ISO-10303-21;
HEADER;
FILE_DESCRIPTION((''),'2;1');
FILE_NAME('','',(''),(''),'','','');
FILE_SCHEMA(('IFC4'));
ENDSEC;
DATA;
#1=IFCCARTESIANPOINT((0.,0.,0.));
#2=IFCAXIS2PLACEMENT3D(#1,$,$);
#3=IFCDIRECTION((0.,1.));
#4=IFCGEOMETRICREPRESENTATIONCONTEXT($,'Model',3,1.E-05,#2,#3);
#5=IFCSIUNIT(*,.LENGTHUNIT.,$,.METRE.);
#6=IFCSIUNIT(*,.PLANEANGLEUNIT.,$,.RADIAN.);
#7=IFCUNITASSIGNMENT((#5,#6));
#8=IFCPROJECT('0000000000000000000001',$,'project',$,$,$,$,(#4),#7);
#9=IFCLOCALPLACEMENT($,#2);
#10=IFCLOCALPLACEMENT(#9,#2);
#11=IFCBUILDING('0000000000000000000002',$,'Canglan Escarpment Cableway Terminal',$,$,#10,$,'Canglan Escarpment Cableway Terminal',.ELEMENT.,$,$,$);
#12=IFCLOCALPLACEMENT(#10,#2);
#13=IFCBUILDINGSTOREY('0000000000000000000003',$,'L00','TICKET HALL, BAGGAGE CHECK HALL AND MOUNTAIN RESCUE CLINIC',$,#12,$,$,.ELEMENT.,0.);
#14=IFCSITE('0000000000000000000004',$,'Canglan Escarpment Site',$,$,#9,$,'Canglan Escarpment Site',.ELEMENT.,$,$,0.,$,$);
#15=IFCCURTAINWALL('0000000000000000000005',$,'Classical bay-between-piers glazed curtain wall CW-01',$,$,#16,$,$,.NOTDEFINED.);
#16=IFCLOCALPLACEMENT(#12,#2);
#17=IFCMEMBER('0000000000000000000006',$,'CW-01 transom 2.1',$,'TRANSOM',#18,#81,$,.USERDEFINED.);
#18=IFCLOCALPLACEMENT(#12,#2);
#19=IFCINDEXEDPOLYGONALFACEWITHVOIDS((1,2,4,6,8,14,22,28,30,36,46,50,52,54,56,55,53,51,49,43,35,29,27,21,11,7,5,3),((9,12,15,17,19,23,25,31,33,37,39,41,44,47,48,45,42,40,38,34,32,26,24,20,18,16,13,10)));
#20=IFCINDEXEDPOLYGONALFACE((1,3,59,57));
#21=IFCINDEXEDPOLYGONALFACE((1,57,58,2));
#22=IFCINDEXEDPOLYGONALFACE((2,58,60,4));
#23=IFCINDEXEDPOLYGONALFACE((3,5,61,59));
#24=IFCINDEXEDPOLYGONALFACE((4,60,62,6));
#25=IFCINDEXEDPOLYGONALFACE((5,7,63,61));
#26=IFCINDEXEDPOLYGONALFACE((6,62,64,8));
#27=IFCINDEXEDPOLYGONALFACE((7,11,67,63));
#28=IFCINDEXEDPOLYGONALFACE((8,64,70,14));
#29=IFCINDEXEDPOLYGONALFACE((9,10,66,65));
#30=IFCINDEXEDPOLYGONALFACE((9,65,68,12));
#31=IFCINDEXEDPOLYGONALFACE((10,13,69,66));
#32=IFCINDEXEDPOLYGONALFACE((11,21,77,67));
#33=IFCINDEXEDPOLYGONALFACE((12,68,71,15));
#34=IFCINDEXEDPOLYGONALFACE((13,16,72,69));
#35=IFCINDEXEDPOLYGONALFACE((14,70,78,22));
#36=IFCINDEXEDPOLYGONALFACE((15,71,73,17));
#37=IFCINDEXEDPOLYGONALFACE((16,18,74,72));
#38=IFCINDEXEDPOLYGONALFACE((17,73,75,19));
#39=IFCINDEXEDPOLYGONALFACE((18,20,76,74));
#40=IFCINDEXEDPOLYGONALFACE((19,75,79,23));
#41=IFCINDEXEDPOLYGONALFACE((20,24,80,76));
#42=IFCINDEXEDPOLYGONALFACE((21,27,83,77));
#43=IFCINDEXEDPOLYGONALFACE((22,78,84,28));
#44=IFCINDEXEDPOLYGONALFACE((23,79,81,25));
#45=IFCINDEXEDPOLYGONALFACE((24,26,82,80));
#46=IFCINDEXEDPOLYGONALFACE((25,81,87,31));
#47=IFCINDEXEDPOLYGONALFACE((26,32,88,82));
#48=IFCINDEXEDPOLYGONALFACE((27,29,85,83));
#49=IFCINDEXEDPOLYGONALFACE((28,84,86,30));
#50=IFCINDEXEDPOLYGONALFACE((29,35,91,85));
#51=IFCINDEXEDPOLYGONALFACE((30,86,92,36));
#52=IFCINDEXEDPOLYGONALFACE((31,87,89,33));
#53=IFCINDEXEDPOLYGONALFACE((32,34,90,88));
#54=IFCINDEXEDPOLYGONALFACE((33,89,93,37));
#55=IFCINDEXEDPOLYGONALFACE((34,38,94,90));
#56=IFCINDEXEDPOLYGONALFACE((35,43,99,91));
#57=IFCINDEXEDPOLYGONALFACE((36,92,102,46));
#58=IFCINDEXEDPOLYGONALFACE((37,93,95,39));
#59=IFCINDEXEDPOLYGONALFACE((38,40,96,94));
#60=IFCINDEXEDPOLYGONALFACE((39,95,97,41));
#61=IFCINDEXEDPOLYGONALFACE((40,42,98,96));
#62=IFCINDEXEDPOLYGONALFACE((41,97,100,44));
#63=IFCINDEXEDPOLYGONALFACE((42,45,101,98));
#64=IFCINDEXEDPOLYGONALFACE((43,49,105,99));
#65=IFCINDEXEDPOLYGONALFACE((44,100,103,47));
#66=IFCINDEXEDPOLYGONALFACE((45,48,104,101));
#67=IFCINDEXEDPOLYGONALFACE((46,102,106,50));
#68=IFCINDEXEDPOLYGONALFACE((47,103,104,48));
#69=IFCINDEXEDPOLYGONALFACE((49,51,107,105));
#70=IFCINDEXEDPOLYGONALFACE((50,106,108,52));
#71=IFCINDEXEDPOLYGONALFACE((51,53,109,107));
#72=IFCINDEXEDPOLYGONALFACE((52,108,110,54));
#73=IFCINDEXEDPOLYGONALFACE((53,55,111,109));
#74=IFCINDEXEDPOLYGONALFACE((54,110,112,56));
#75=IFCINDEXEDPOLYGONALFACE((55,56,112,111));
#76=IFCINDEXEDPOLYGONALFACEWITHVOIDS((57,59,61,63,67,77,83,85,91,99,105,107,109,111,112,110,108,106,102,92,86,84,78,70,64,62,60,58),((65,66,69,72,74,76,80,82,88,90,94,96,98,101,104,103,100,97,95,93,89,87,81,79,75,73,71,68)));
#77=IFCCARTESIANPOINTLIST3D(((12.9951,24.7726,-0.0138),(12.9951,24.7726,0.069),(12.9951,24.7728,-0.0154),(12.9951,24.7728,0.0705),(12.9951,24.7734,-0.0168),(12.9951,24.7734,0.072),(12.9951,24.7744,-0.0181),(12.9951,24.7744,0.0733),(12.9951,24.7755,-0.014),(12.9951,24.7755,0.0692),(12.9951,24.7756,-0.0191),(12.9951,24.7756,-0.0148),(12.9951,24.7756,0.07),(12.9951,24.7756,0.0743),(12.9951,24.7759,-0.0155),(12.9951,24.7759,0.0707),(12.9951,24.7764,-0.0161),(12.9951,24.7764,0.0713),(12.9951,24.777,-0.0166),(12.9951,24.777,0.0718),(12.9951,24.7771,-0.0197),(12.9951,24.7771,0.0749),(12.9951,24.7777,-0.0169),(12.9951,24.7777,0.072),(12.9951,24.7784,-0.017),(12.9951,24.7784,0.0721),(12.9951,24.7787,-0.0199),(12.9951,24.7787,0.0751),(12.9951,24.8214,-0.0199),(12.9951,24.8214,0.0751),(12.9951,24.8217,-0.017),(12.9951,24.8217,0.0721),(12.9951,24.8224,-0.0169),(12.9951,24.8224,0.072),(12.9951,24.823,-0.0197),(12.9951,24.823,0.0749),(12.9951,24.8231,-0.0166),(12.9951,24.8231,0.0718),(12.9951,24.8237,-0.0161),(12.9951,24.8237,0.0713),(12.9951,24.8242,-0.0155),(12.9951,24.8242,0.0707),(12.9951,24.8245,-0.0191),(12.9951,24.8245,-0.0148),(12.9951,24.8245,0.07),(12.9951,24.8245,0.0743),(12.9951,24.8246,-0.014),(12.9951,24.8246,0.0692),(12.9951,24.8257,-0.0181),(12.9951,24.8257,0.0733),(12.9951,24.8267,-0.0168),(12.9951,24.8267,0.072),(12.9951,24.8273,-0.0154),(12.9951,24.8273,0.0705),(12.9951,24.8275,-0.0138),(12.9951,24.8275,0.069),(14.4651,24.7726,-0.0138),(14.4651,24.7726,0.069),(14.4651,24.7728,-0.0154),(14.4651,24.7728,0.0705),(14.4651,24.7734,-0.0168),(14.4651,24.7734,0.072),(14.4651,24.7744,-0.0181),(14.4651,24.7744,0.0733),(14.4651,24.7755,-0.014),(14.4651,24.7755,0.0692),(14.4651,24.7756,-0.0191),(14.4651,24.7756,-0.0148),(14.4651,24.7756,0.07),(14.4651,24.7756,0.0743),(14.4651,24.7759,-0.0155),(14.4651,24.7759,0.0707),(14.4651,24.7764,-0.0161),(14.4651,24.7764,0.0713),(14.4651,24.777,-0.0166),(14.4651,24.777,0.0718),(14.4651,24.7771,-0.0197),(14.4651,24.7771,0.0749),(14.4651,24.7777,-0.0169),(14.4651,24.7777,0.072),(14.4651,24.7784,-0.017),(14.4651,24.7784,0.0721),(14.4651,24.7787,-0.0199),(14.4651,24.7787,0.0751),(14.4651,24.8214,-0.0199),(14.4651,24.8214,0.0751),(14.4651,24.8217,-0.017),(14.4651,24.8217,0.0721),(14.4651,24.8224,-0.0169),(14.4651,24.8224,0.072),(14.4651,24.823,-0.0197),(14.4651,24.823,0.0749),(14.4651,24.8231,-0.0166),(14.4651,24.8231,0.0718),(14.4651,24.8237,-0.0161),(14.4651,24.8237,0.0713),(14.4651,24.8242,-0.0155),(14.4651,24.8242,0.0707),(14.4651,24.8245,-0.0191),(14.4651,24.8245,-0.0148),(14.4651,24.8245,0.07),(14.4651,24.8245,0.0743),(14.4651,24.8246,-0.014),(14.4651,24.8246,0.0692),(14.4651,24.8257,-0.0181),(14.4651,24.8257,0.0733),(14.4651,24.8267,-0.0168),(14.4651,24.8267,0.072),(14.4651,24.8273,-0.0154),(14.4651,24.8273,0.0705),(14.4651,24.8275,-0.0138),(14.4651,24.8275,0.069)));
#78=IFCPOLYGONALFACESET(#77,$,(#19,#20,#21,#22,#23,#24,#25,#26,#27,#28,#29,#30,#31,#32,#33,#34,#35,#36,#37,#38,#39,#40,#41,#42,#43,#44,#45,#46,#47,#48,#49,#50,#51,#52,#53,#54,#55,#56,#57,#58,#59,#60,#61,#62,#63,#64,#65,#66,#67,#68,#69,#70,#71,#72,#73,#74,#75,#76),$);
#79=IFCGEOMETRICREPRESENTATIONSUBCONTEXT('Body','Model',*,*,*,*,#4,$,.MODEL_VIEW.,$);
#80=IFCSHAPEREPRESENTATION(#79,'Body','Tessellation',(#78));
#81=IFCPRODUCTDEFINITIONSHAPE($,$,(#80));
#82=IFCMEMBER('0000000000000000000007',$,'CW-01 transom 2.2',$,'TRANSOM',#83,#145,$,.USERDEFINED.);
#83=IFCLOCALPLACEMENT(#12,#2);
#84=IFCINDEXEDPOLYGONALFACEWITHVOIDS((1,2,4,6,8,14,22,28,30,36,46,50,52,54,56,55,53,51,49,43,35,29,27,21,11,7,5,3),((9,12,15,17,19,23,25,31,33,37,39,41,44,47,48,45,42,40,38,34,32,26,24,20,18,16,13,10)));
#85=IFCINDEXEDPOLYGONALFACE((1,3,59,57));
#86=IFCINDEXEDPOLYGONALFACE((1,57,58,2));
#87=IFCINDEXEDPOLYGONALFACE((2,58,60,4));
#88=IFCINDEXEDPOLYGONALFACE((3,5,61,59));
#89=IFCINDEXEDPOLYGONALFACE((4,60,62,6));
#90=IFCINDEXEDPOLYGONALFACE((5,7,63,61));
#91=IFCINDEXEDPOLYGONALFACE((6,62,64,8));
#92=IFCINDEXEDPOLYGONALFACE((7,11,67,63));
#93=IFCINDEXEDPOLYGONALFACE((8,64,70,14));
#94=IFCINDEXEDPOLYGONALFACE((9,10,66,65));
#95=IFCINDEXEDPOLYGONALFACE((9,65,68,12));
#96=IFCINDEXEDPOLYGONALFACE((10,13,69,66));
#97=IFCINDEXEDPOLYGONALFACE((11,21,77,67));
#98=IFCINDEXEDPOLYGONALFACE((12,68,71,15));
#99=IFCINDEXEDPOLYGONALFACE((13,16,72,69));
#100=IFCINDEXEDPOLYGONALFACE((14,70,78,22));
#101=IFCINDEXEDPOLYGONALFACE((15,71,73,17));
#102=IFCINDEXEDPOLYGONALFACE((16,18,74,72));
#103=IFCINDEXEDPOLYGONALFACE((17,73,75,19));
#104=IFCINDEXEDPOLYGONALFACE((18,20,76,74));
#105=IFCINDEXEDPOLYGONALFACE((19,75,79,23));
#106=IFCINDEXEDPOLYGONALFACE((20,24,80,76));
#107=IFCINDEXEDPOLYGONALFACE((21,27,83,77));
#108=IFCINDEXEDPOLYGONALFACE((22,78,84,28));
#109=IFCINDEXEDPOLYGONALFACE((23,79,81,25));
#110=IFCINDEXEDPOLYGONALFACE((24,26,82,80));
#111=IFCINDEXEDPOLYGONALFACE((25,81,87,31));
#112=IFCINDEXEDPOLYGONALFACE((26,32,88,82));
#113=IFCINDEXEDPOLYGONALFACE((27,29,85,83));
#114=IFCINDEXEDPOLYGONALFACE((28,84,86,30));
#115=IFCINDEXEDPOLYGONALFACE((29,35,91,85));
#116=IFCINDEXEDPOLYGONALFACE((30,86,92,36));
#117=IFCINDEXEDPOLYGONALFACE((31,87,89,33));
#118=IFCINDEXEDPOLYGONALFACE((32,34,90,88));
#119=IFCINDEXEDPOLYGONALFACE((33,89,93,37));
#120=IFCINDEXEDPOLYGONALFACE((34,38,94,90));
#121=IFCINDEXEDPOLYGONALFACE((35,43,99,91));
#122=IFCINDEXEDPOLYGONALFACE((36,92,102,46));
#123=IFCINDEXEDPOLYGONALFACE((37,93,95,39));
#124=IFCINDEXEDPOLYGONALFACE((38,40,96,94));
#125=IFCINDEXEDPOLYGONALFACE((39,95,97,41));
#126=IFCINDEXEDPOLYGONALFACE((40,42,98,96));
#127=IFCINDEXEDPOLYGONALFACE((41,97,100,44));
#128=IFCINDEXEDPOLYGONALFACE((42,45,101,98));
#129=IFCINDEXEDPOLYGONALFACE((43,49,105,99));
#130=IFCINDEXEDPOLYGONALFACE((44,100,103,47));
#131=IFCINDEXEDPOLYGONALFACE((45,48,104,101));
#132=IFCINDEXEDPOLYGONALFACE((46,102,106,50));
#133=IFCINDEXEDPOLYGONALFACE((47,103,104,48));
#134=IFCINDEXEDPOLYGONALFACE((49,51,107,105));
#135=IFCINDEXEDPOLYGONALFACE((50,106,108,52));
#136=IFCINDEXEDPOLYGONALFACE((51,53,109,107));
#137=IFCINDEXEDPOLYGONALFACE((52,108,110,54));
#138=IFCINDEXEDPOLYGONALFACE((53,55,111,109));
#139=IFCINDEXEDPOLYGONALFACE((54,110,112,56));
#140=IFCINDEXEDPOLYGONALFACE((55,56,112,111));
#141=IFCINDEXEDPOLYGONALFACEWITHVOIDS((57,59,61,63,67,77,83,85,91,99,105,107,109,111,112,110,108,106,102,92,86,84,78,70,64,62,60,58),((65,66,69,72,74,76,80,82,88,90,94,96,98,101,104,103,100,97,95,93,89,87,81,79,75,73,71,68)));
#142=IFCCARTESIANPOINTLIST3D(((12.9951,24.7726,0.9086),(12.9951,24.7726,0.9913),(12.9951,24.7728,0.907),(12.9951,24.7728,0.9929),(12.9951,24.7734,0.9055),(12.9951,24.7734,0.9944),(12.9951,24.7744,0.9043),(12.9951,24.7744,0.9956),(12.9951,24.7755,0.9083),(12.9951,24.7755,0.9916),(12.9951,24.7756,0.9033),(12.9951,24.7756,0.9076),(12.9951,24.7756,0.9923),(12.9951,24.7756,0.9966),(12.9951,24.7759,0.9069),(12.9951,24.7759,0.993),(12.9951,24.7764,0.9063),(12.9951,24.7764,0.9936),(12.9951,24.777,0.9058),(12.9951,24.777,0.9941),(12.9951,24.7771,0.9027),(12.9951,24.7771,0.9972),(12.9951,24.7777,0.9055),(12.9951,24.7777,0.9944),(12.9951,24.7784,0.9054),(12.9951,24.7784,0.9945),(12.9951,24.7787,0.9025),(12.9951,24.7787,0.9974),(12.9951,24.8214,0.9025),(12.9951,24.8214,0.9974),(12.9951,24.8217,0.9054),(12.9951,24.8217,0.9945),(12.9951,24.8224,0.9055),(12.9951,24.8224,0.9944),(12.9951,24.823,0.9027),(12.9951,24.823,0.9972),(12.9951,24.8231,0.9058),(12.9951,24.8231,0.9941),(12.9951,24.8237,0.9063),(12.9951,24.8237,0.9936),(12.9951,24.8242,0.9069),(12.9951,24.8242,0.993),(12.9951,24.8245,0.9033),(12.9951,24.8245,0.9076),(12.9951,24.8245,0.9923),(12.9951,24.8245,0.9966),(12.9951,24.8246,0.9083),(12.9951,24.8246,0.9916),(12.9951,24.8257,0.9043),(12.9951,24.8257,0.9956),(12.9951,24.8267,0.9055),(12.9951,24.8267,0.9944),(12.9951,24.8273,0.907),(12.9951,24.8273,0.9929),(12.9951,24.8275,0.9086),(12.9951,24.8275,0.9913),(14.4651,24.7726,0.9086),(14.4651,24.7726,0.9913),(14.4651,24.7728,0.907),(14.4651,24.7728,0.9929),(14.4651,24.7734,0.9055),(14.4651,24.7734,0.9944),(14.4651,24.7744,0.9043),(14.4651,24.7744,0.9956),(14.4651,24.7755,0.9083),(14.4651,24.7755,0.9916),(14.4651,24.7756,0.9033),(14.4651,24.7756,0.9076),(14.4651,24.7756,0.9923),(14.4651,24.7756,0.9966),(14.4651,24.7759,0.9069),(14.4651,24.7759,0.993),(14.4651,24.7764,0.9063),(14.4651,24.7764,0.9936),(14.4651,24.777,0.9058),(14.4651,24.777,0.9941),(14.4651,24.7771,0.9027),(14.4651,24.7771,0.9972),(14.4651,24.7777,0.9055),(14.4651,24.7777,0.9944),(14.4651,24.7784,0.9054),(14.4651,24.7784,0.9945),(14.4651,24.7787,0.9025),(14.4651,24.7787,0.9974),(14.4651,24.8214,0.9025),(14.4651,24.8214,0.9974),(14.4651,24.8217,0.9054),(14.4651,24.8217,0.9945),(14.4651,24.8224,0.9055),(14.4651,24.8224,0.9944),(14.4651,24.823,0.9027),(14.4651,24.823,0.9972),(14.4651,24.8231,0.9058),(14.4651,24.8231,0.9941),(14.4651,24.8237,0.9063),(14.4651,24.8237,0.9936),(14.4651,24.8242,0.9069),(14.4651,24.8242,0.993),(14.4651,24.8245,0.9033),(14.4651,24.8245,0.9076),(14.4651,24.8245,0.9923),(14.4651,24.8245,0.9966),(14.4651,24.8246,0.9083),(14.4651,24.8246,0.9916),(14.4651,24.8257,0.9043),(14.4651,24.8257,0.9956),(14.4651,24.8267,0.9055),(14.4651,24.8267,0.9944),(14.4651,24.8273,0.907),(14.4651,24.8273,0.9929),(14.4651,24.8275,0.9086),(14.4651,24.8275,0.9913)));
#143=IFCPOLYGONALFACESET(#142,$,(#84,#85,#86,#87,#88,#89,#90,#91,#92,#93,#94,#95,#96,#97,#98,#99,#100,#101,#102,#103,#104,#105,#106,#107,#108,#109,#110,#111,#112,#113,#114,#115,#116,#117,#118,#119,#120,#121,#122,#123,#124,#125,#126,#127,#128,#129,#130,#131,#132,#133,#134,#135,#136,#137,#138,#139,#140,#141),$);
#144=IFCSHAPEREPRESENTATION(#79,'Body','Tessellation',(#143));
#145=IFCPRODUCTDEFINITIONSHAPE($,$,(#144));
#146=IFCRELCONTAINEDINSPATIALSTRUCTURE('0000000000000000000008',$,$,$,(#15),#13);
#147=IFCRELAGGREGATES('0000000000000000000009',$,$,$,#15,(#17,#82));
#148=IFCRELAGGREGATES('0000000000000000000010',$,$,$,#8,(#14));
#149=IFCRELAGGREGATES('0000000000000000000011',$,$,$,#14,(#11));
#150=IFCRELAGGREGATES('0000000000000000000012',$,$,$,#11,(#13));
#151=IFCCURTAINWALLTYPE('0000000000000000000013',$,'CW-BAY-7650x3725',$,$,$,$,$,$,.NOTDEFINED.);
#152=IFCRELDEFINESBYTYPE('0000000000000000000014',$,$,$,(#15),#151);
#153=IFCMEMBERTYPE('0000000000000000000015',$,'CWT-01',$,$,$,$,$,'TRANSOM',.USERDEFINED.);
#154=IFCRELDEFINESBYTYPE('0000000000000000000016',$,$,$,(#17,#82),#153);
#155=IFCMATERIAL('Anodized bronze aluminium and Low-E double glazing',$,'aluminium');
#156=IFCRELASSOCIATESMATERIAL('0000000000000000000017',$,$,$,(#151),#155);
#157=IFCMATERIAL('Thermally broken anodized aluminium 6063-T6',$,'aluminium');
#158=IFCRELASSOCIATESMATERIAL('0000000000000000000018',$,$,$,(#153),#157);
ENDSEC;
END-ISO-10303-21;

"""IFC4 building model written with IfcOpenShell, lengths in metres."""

from ifc_helpers import new_model, si_unit, direction, frame, origin, origin_2d, place, context, subcontext, project, spatial, hollow_rectangle, extrude, material, material_profile, profile_set, type_object, element, aggregate, save


model = new_model("IFC4")

# Units and contexts
model_context = context("Model", 3, precision=1e-05, world=origin(), true_north=direction((0.0, 1.0)))
body_context = subcontext(model_context, "Body", "Model", "MODEL_VIEW")
ifc_project = project(units=[si_unit("LENGTHUNIT", "METRE"), si_unit("PLANEANGLEUNIT", "RADIAN")], contexts=[model_context])

# Site, building, storey
site_placement = place(None, origin())
site = spatial("IfcSite", under=ifc_project, at=site_placement, Name="Canglan Escarpment Site", LongName="Canglan Escarpment Site", CompositionType="ELEMENT", RefElevation=0.0)
building_placement = place(site_placement, origin())
building = spatial("IfcBuilding", under=site, at=building_placement, Name="Canglan Escarpment Cableway Terminal", LongName="Canglan Escarpment Cableway Terminal", CompositionType="ELEMENT")
storey_placement = place(building_placement, origin())
storey = spatial("IfcBuildingStorey", under=building, at=storey_placement, Name="L00", Description="TICKET HALL, BAGGAGE CHECK HALL AND MOUNTAIN RESCUE CLINIC", CompositionType="ELEMENT", Elevation=0.0)

# Curtain wall, members
ifc_material_1 = material(Name="Anodized bronze aluminium and Low-E double glazing", Category="aluminium")
curtain_wall_type = type_object("IfcCurtainWallType", Name="CW-BAY-7650x3725", PredefinedType="NOTDEFINED", material=ifc_material_1)
curtain_wall_placement = place(storey_placement, origin())
curtain_wall = element("IfcCurtainWall", 1, at=curtain_wall_placement, inside=storey, type_object=curtain_wall_type, Name="Classical bay-between-piers glazed curtain wall CW-01", PredefinedType="NOTDEFINED")
ifc_material_2 = material(Name="Thermally broken anodized aluminium 6063-T6", Category="aluminium")
ifc_material_profile_1 = material_profile(ifc_material_2, hollow_rectangle(XDim=0.0549, YDim=0.095, WallThickness=0.0029, InnerFilletRadius=0.0029, OuterFilletRadius=0.0061, at=origin_2d()), Name="ALU-TRAN 55x95x3")
ifc_profile_set_1 = profile_set([ifc_material_profile_1], Name="Thermally broken anodized aluminium 6063-T6")
member_type_1 = type_object("IfcMemberType", Name="CWT-01", ElementType="TRANSOM", PredefinedType="USERDEFINED", material=ifc_profile_set_1)
member_1_placement = place(storey_placement, frame((14.4651, 24.8, 0.0276), z_axis=(-1.0, 0.0, 0.0), x_axis=(0.0, -1.0, 0.0)))
member_1 = element("IfcMember", 2, at=member_1_placement, type_object=member_type_1, Name="CW-01 transom 2.1", ObjectType="TRANSOM", PredefinedType="USERDEFINED", context=body_context, shape_type="SweptSolid", body=[
    extrude(hollow_rectangle(XDim=0.0549, YDim=0.095, WallThickness=0.0029, InnerFilletRadius=0.0029, OuterFilletRadius=0.0061, at=origin_2d()), origin(), (0.0, 0.0, 1.0), 1.47),
])
member_2_placement = place(storey_placement, frame((14.4651, 24.8, 0.95), z_axis=(-1.0, 0.0, 0.0), x_axis=(0.0, -1.0, 0.0)))
member_2 = element("IfcMember", 3, at=member_2_placement, type_object=member_type_1, Name="CW-01 transom 2.2", ObjectType="TRANSOM", PredefinedType="USERDEFINED", context=body_context, shape_type="SweptSolid", body=[
    extrude(hollow_rectangle(XDim=0.0549, YDim=0.095, WallThickness=0.0029, InnerFilletRadius=0.0029, OuterFilletRadius=0.0061, at=origin_2d()), origin(), (0.0, 0.0, 1.0), 1.47),
])
aggregate(curtain_wall, [member_1, member_2])

save(model, "model.ifc")
